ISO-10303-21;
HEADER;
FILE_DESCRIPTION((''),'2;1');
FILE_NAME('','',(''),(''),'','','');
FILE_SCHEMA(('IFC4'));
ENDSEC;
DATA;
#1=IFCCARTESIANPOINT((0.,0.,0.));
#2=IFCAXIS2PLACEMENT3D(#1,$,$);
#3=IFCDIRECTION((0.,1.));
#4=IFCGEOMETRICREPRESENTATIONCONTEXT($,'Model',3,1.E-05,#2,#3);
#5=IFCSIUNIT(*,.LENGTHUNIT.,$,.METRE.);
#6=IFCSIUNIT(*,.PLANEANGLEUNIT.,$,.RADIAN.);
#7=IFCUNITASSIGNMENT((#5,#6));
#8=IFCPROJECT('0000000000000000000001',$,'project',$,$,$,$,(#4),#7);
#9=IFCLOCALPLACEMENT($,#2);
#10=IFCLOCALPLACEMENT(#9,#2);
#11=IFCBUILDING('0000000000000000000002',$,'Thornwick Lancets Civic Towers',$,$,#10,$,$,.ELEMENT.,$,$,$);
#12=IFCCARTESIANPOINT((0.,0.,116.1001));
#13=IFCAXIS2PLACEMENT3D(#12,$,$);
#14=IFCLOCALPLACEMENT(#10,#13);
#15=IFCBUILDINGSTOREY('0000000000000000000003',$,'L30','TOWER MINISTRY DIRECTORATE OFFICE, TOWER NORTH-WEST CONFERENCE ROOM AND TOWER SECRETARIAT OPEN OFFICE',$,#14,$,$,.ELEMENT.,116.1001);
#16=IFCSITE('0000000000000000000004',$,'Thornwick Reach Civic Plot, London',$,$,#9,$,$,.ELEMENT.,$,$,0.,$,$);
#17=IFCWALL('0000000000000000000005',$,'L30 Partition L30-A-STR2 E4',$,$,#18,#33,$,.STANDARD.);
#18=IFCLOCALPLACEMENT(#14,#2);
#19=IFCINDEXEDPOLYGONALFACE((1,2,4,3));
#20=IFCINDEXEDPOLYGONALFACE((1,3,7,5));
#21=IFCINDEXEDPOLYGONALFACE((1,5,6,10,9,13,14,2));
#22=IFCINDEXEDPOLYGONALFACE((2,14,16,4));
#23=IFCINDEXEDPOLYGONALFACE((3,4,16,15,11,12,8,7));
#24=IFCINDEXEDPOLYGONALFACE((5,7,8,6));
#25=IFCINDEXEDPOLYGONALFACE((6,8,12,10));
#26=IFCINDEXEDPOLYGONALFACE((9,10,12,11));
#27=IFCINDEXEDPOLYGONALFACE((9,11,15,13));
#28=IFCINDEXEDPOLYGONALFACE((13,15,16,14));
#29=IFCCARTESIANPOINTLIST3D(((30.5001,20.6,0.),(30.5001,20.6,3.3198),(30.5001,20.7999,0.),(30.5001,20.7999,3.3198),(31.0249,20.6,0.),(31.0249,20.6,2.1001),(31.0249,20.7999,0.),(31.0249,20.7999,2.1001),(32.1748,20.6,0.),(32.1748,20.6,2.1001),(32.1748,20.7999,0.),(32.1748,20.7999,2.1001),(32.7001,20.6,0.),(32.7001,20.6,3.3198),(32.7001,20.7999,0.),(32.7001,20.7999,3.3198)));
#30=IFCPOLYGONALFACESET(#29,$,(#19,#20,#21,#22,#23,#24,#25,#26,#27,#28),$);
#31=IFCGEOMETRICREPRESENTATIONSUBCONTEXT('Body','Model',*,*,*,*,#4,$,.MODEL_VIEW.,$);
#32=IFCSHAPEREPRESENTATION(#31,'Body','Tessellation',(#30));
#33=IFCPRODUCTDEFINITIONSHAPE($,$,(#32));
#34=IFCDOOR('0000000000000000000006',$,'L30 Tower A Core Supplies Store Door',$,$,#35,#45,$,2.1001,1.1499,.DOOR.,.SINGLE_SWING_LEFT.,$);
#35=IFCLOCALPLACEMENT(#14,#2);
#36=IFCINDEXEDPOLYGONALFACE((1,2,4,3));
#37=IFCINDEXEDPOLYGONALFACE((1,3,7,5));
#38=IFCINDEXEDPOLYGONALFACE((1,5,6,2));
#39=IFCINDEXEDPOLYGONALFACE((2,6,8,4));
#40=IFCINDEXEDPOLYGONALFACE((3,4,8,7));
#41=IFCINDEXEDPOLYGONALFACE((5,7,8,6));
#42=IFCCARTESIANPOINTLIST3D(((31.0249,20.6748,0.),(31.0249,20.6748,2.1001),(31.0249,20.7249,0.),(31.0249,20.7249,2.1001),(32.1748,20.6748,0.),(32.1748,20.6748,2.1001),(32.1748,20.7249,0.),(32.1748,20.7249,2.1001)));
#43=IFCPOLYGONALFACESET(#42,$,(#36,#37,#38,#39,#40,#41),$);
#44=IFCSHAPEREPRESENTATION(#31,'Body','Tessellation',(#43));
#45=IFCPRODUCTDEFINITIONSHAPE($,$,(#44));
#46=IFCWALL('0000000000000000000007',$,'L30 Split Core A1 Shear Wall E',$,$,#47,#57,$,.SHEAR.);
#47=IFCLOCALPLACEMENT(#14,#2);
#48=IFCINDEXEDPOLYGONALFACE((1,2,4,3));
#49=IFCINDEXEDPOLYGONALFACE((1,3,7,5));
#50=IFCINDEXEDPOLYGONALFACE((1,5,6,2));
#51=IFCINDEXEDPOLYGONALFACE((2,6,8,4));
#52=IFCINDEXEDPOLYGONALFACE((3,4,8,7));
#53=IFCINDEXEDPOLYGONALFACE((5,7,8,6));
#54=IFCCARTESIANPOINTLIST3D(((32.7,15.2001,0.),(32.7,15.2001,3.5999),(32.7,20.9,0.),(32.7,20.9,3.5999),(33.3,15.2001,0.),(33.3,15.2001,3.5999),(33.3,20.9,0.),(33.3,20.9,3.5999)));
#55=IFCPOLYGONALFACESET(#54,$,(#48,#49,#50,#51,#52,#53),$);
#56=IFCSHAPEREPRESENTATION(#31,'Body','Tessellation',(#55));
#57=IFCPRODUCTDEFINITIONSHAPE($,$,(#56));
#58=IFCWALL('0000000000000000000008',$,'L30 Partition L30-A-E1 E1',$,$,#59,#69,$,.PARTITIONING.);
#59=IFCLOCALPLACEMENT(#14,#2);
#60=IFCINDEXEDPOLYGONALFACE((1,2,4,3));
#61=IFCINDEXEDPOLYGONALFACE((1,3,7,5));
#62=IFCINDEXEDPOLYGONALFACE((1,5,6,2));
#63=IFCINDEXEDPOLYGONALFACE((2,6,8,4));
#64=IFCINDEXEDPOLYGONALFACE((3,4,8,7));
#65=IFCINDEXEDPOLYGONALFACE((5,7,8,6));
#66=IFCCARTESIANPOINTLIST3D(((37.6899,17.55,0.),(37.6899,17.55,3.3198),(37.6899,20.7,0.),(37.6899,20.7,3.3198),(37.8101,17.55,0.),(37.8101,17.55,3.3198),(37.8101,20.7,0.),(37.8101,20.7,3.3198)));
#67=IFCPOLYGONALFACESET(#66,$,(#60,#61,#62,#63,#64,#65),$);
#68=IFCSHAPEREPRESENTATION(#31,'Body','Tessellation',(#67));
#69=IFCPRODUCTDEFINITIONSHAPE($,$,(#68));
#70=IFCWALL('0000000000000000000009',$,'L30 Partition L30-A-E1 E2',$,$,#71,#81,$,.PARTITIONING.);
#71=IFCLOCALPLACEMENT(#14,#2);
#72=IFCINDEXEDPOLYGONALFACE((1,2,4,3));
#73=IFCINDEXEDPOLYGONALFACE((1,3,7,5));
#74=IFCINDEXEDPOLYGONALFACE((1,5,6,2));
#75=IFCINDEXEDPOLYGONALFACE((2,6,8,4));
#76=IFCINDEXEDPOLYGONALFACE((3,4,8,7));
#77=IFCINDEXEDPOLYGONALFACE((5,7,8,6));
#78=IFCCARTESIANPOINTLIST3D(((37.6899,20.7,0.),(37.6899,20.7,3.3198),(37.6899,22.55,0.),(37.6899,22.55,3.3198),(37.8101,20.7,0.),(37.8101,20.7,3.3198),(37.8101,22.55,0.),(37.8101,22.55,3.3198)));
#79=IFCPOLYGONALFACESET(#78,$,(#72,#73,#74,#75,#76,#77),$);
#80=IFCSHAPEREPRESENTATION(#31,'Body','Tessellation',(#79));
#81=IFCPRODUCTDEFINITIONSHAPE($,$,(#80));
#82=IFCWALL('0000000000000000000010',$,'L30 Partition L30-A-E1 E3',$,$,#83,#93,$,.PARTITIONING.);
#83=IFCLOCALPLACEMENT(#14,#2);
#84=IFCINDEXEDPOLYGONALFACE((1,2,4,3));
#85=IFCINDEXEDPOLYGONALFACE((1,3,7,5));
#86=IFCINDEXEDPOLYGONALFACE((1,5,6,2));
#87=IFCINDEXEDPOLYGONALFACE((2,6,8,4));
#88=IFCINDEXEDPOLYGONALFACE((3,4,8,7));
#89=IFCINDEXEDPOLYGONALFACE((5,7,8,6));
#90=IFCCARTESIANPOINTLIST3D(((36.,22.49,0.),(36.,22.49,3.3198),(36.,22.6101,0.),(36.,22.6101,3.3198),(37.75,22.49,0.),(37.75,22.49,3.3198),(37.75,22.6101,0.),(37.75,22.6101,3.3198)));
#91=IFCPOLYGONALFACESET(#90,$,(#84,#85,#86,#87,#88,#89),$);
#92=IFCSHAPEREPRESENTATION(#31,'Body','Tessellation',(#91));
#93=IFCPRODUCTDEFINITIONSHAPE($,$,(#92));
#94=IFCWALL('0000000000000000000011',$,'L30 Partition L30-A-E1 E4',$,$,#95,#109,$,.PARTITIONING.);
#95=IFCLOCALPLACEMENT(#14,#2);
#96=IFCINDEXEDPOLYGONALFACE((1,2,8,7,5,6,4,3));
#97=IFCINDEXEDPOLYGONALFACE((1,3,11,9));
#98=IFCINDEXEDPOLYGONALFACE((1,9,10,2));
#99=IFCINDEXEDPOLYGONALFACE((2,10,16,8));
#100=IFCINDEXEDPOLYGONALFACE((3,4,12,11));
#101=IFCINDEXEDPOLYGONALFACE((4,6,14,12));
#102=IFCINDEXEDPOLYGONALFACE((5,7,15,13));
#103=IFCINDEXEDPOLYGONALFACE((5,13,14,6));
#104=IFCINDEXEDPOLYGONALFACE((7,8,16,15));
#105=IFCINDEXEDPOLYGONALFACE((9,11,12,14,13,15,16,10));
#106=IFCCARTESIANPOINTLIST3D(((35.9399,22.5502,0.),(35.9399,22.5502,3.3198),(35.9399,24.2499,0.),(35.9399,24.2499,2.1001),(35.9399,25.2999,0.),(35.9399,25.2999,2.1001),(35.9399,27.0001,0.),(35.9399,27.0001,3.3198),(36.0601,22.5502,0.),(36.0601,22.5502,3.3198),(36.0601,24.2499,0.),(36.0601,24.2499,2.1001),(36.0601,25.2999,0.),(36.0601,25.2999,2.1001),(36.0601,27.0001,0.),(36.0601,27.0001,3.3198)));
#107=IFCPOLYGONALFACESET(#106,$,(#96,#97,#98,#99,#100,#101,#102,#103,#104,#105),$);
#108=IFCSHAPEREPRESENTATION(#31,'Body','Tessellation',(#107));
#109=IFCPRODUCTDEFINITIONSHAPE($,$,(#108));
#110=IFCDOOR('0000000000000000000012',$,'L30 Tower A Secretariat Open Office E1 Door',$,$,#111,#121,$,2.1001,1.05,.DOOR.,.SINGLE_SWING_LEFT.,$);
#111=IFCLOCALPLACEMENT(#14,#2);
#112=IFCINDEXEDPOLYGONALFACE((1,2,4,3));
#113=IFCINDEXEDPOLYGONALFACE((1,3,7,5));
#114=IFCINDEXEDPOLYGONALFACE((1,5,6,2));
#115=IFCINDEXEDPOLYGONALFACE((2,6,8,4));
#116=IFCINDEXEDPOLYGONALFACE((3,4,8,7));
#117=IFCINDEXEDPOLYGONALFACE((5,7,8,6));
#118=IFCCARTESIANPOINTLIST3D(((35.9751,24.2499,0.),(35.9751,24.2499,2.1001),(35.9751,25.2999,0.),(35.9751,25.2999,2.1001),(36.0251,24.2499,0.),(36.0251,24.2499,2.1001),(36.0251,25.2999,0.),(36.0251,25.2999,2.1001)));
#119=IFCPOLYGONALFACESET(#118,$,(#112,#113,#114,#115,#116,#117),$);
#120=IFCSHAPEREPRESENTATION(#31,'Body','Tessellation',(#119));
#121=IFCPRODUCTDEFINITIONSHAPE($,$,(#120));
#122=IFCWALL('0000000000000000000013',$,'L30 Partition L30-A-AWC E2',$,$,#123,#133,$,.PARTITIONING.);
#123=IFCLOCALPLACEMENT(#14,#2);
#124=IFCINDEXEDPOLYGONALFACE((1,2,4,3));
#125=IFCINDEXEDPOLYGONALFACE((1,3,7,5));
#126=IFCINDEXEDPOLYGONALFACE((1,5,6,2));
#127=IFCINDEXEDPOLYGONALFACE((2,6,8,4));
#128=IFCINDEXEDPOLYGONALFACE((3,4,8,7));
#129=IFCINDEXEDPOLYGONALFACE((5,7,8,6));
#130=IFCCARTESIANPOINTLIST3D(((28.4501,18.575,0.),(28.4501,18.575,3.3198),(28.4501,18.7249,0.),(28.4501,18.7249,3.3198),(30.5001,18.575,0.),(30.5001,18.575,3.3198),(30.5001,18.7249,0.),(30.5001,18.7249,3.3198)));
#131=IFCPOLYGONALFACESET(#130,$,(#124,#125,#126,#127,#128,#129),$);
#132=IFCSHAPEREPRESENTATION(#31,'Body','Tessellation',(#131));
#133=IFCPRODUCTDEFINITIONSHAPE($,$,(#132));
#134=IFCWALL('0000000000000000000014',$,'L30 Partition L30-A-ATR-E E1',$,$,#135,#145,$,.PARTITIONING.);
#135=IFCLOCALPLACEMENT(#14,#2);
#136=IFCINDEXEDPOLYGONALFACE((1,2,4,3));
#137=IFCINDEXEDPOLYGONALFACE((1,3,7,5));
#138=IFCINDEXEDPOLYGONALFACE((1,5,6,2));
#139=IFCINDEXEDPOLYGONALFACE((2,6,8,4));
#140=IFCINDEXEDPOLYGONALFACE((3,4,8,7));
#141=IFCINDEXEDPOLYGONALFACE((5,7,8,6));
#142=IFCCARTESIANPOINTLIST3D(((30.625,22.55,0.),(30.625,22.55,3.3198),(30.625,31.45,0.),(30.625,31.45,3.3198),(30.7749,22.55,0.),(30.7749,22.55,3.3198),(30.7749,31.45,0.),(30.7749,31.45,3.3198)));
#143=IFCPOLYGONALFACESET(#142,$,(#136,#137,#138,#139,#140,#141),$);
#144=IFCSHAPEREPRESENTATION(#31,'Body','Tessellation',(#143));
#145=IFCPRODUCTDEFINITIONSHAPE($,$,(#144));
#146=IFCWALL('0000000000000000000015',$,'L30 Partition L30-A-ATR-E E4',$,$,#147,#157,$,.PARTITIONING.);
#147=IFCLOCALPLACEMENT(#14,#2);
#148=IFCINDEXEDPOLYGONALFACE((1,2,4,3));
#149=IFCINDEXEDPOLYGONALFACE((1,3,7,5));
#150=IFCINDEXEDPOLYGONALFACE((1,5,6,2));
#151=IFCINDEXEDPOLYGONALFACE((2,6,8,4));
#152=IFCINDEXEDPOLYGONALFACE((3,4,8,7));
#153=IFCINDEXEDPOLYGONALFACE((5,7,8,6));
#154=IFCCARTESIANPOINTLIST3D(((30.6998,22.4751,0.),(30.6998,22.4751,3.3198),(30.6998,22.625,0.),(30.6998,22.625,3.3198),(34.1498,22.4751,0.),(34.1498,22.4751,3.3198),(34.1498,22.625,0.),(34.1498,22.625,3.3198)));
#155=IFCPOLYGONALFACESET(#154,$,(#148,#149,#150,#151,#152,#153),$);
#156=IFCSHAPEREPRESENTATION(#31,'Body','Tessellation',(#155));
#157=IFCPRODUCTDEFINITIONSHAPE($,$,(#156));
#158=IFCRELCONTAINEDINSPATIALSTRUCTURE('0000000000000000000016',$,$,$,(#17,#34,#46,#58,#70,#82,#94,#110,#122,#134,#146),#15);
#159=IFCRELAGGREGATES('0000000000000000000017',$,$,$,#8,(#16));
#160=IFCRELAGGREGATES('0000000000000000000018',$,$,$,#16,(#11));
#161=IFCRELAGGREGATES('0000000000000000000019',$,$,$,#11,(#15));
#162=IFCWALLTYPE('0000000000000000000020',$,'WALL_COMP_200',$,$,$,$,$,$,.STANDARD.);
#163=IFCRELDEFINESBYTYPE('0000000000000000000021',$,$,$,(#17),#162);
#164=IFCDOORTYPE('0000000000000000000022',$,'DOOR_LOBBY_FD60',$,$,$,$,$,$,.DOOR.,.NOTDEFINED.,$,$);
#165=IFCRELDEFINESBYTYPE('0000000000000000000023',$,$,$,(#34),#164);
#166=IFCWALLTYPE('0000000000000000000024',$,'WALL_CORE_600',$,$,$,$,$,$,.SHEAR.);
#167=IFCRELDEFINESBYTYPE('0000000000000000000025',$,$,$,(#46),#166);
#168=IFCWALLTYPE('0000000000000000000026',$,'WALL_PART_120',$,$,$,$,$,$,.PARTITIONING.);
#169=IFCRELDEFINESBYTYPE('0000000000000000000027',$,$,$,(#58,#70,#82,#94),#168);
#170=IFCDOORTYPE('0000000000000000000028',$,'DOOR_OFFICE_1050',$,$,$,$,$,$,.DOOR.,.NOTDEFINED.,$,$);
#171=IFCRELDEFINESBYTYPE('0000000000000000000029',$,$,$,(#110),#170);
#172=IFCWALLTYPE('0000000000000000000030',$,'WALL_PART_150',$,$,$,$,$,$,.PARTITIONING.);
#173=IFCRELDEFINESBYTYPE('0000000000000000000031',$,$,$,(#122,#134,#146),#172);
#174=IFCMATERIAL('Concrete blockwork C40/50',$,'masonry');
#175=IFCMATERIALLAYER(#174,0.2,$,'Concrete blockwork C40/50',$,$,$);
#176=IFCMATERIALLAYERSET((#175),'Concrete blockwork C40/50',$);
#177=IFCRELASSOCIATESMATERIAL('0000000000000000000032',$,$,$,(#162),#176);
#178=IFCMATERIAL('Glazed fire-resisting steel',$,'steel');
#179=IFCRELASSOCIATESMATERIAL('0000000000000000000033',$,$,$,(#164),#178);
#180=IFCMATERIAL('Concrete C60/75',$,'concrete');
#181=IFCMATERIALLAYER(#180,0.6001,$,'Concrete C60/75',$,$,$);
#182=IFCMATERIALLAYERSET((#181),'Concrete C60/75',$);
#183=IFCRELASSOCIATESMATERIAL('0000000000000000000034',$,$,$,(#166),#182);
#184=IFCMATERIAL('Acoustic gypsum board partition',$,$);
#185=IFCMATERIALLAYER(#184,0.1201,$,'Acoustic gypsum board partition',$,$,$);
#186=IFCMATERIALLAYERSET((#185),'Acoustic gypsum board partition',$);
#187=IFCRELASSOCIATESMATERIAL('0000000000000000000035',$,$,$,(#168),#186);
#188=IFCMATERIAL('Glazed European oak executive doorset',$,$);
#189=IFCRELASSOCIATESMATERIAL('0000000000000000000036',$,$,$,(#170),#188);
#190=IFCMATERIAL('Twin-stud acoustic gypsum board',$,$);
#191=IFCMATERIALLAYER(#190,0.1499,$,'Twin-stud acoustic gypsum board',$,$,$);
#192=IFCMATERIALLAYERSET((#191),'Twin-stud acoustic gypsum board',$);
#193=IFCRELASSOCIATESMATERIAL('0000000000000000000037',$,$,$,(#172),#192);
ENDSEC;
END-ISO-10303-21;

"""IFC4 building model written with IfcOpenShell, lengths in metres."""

from ifc_helpers import new_model, si_unit, direction, frame, frame_2d, origin, place, context, subcontext, project, spatial, rectangle, extrude, material, layer, layer_set, type_object, element, fill, save


model = new_model("IFC4")

# Units and contexts
model_context = context("Model", 3, precision=1e-05, world=origin(), true_north=direction((0.0, 1.0)))
body_context = subcontext(model_context, "Body", "Model", "MODEL_VIEW")
ifc_project = project(units=[si_unit("LENGTHUNIT", "METRE"), si_unit("PLANEANGLEUNIT", "RADIAN")], contexts=[model_context])

# Site, building, storey
site_placement = place(None, origin())
site = spatial("IfcSite", under=ifc_project, at=site_placement, Name="Thornwick Reach Civic Plot, London", CompositionType="ELEMENT", RefElevation=0.0)
building_placement = place(site_placement, origin())
building = spatial("IfcBuilding", under=site, at=building_placement, Name="Thornwick Lancets Civic Towers", CompositionType="ELEMENT")
storey_placement = place(building_placement, frame((0.0, 0.0, 116.1001)))
storey = spatial("IfcBuildingStorey", under=building, at=storey_placement, Name="L30", Description="TOWER MINISTRY DIRECTORATE OFFICE, TOWER NORTH-WEST CONFERENCE ROOM AND TOWER SECRETARIAT OPEN OFFICE", CompositionType="ELEMENT", Elevation=116.1001)

# Shared definitions
ifc_material_1 = material(Name="Concrete C60/75", Category="concrete")

# Shared definitions
ifc_material_2 = material(Name="Concrete blockwork C40/50", Category="masonry")
ifc_layer_1 = layer(ifc_material_2, 0.2, Name="Concrete blockwork C40/50")
ifc_layer_set_1 = layer_set([ifc_layer_1], Name="Concrete blockwork C40/50")
wall_type_1 = type_object("IfcWallType", Name="WALL_COMP_200", PredefinedType="STANDARD", material=ifc_layer_set_1)

# Wall, opening, door
wall_1_placement = place(storey_placement, frame((30.5, 20.7, 0.0), z_axis=(0.0, 0.0, 1.0), x_axis=(1.0, 0.0, 0.0)))
wall_1 = element("IfcWall", 1, at=wall_1_placement, inside=storey, type_object=wall_type_1, Name="L30 Partition L30-A-STR2 E4", PredefinedType="STANDARD", context=body_context, shape_type="SweptSolid", body=[
    extrude(rectangle(XDim=2.2, YDim=0.2, at=frame_2d((1.1001, 0.0))), origin(), (0.0, 0.0, 1.0), 3.3198),
])
opening_1_placement = place(wall_1_placement, frame((0.5249, 0.0, 0.0)))
opening_1 = element("IfcOpeningElement", 2, at=opening_1_placement, cuts=wall_1, PredefinedType="OPENING", context=body_context, shape_type="SweptSolid", body=[
    extrude(rectangle(XDim=1.1499, YDim=2.1001, at=frame_2d((0.575, 1.05))), frame((0.0, 0.1099, 0.0), z_axis=(0.0, -1.0, 0.0), x_axis=(1.0, 0.0, 0.0)), (0.0, 0.0, 1.0), 0.22),
])
ifc_material_3 = material(Name="Glazed fire-resisting steel", Category="steel")
door_type_1 = type_object("IfcDoorType", Name="DOOR_LOBBY_FD60", OperationType="NOTDEFINED", PredefinedType="DOOR", material=ifc_material_3)
door_1_placement = place(opening_1_placement, origin())
door_1 = element("IfcDoor", 3, at=door_1_placement, inside=storey, type_object=door_type_1, Name="L30 Tower A Core Supplies Store Door", OperationType="SINGLE_SWING_LEFT", OverallHeight=2.1001, OverallWidth=1.1499, PredefinedType="DOOR", context=body_context, shape_type="SweptSolid", body=[
    extrude(rectangle(XDim=1.1499, YDim=2.1001, at=frame_2d((0.575, 1.05))), frame((0.0, 0.0249, 0.0), z_axis=(0.0, -1.0, 0.0), x_axis=(1.0, 0.0, 0.0)), (0.0, 0.0, 1.0), 0.05),
])
fill(opening_1, door_1)

# Walls
ifc_layer_2 = layer(ifc_material_1, 0.6001, Name="Concrete C60/75")
ifc_layer_set_2 = layer_set([ifc_layer_2], Name="Concrete C60/75")
wall_type_2 = type_object("IfcWallType", Name="WALL_CORE_600", PredefinedType="SHEAR", material=ifc_layer_set_2)
wall_2_placement = place(storey_placement, frame((33.0, 15.2, 0.0), z_axis=(0.0, 0.0, 1.0), x_axis=(0.0, 1.0, 0.0)))
element("IfcWall", 4, at=wall_2_placement, inside=storey, type_object=wall_type_2, Name="L30 Split Core A1 Shear Wall E", PredefinedType="SHEAR", context=body_context, shape_type="SweptSolid", body=[
    extrude(rectangle(XDim=5.7, YDim=0.6001, at=frame_2d((2.8501, 0.0))), origin(), (0.0, 0.0, 1.0), 3.5999),
])
ifc_material_4 = material(Name="Acoustic gypsum board partition")
ifc_layer_3 = layer(ifc_material_4, 0.1201, Name="Acoustic gypsum board partition")
ifc_layer_set_3 = layer_set([ifc_layer_3], Name="Acoustic gypsum board partition")
wall_type_3 = type_object("IfcWallType", Name="WALL_PART_120", PredefinedType="PARTITIONING", material=ifc_layer_set_3)
wall_3_placement = place(storey_placement, frame((37.75, 17.55, 0.0), z_axis=(0.0, 0.0, 1.0), x_axis=(0.0, 1.0, 0.0)))
element("IfcWall", 5, at=wall_3_placement, inside=storey, type_object=wall_type_3, Name="L30 Partition L30-A-E1 E1", PredefinedType="PARTITIONING", context=body_context, shape_type="SweptSolid", body=[
    extrude(rectangle(XDim=3.1499, YDim=0.1201, at=frame_2d((1.575, 0.0))), origin(), (0.0, 0.0, 1.0), 3.3198),
])
wall_4_placement = place(storey_placement, frame((37.75, 20.7, 0.0), z_axis=(0.0, 0.0, 1.0), x_axis=(0.0, 1.0, 0.0)))
element("IfcWall", 6, at=wall_4_placement, inside=storey, type_object=wall_type_3, Name="L30 Partition L30-A-E1 E2", PredefinedType="PARTITIONING", context=body_context, shape_type="SweptSolid", body=[
    extrude(rectangle(XDim=1.8501, YDim=0.1201, at=frame_2d((0.925, 0.0))), origin(), (0.0, 0.0, 1.0), 3.3198),
])
wall_5_placement = place(storey_placement, frame((37.75, 22.55, 0.0), z_axis=(0.0, 0.0, 1.0), x_axis=(-1.0, 0.0, 0.0)))
element("IfcWall", 7, at=wall_5_placement, inside=storey, type_object=wall_type_3, Name="L30 Partition L30-A-E1 E3", PredefinedType="PARTITIONING", context=body_context, shape_type="SweptSolid", body=[
    extrude(rectangle(XDim=1.75, YDim=0.1201, at=frame_2d((0.875, 0.0))), origin(), (0.0, 0.0, 1.0), 3.3198),
])

# Wall, opening, door
wall_6_placement = place(storey_placement, frame((36.0, 22.55, 0.0), z_axis=(0.0, 0.0, 1.0), x_axis=(0.0, 1.0, 0.0)))
wall_6 = element("IfcWall", 8, at=wall_6_placement, inside=storey, type_object=wall_type_3, Name="L30 Partition L30-A-E1 E4", PredefinedType="PARTITIONING", context=body_context, shape_type="SweptSolid", body=[
    extrude(rectangle(XDim=4.45, YDim=0.1201, at=frame_2d((2.2251, 0.0))), origin(), (0.0, 0.0, 1.0), 3.3198),
])
opening_2_placement = place(wall_6_placement, frame((1.7, 0.0, 0.0)))
opening_2 = element("IfcOpeningElement", 9, at=opening_2_placement, cuts=wall_6, PredefinedType="OPENING", context=body_context, shape_type="SweptSolid", body=[
    extrude(rectangle(XDim=1.05, YDim=2.1001, at=frame_2d((0.5249, 1.05))), frame((0.0, 0.0701, 0.0), z_axis=(0.0, -1.0, 0.0), x_axis=(1.0, 0.0, 0.0)), (0.0, 0.0, 1.0), 0.1401),
])
ifc_material_5 = material(Name="Glazed European oak executive doorset")
door_type_2 = type_object("IfcDoorType", Name="DOOR_OFFICE_1050", OperationType="NOTDEFINED", PredefinedType="DOOR", material=ifc_material_5)
door_2_placement = place(opening_2_placement, origin())
door_2 = element("IfcDoor", 10, at=door_2_placement, inside=storey, type_object=door_type_2, Name="L30 Tower A Secretariat Open Office E1 Door", OperationType="SINGLE_SWING_LEFT", OverallHeight=2.1001, OverallWidth=1.05, PredefinedType="DOOR", context=body_context, shape_type="SweptSolid", body=[
    extrude(rectangle(XDim=1.05, YDim=2.1001, at=frame_2d((0.5249, 1.05))), frame((0.0, 0.0249, 0.0), z_axis=(0.0, -1.0, 0.0), x_axis=(1.0, 0.0, 0.0)), (0.0, 0.0, 1.0), 0.05),
])
fill(opening_2, door_2)

# Walls
ifc_material_6 = material(Name="Twin-stud acoustic gypsum board")
ifc_layer_4 = layer(ifc_material_6, 0.1499, Name="Twin-stud acoustic gypsum board")
ifc_layer_set_4 = layer_set([ifc_layer_4], Name="Twin-stud acoustic gypsum board")
wall_type_4 = type_object("IfcWallType", Name="WALL_PART_150", PredefinedType="PARTITIONING", material=ifc_layer_set_4)
wall_7_placement = place(storey_placement, frame((30.5, 18.6499, 0.0), z_axis=(0.0, 0.0, 1.0), x_axis=(-1.0, 0.0, 0.0)))
element("IfcWall", 11, at=wall_7_placement, inside=storey, type_object=wall_type_4, Name="L30 Partition L30-A-AWC E2", PredefinedType="PARTITIONING", context=body_context, shape_type="SweptSolid", body=[
    extrude(rectangle(XDim=2.05, YDim=0.1499, at=frame_2d((1.0249, 0.0))), origin(), (0.0, 0.0, 1.0), 3.3198),
])
wall_8_placement = place(storey_placement, frame((30.7, 22.55, 0.0), z_axis=(0.0, 0.0, 1.0), x_axis=(0.0, 1.0, 0.0)))
element("IfcWall", 12, at=wall_8_placement, inside=storey, type_object=wall_type_4, Name="L30 Partition L30-A-ATR-E E1", PredefinedType="PARTITIONING", context=body_context, shape_type="SweptSolid", body=[
    extrude(rectangle(XDim=8.8999, YDim=0.1499, at=frame_2d((4.45, 0.0))), origin(), (0.0, 0.0, 1.0), 3.3198),
])
wall_9_placement = place(storey_placement, frame((34.1499, 22.55, 0.0), z_axis=(0.0, 0.0, 1.0), x_axis=(-1.0, 0.0, 0.0)))
element("IfcWall", 13, at=wall_9_placement, inside=storey, type_object=wall_type_4, Name="L30 Partition L30-A-ATR-E E4", PredefinedType="PARTITIONING", context=body_context, shape_type="SweptSolid", body=[
    extrude(rectangle(XDim=3.45, YDim=0.1499, at=frame_2d((1.7251, 0.0))), origin(), (0.0, 0.0, 1.0), 3.3198),
])

save(model, "model.ifc")
